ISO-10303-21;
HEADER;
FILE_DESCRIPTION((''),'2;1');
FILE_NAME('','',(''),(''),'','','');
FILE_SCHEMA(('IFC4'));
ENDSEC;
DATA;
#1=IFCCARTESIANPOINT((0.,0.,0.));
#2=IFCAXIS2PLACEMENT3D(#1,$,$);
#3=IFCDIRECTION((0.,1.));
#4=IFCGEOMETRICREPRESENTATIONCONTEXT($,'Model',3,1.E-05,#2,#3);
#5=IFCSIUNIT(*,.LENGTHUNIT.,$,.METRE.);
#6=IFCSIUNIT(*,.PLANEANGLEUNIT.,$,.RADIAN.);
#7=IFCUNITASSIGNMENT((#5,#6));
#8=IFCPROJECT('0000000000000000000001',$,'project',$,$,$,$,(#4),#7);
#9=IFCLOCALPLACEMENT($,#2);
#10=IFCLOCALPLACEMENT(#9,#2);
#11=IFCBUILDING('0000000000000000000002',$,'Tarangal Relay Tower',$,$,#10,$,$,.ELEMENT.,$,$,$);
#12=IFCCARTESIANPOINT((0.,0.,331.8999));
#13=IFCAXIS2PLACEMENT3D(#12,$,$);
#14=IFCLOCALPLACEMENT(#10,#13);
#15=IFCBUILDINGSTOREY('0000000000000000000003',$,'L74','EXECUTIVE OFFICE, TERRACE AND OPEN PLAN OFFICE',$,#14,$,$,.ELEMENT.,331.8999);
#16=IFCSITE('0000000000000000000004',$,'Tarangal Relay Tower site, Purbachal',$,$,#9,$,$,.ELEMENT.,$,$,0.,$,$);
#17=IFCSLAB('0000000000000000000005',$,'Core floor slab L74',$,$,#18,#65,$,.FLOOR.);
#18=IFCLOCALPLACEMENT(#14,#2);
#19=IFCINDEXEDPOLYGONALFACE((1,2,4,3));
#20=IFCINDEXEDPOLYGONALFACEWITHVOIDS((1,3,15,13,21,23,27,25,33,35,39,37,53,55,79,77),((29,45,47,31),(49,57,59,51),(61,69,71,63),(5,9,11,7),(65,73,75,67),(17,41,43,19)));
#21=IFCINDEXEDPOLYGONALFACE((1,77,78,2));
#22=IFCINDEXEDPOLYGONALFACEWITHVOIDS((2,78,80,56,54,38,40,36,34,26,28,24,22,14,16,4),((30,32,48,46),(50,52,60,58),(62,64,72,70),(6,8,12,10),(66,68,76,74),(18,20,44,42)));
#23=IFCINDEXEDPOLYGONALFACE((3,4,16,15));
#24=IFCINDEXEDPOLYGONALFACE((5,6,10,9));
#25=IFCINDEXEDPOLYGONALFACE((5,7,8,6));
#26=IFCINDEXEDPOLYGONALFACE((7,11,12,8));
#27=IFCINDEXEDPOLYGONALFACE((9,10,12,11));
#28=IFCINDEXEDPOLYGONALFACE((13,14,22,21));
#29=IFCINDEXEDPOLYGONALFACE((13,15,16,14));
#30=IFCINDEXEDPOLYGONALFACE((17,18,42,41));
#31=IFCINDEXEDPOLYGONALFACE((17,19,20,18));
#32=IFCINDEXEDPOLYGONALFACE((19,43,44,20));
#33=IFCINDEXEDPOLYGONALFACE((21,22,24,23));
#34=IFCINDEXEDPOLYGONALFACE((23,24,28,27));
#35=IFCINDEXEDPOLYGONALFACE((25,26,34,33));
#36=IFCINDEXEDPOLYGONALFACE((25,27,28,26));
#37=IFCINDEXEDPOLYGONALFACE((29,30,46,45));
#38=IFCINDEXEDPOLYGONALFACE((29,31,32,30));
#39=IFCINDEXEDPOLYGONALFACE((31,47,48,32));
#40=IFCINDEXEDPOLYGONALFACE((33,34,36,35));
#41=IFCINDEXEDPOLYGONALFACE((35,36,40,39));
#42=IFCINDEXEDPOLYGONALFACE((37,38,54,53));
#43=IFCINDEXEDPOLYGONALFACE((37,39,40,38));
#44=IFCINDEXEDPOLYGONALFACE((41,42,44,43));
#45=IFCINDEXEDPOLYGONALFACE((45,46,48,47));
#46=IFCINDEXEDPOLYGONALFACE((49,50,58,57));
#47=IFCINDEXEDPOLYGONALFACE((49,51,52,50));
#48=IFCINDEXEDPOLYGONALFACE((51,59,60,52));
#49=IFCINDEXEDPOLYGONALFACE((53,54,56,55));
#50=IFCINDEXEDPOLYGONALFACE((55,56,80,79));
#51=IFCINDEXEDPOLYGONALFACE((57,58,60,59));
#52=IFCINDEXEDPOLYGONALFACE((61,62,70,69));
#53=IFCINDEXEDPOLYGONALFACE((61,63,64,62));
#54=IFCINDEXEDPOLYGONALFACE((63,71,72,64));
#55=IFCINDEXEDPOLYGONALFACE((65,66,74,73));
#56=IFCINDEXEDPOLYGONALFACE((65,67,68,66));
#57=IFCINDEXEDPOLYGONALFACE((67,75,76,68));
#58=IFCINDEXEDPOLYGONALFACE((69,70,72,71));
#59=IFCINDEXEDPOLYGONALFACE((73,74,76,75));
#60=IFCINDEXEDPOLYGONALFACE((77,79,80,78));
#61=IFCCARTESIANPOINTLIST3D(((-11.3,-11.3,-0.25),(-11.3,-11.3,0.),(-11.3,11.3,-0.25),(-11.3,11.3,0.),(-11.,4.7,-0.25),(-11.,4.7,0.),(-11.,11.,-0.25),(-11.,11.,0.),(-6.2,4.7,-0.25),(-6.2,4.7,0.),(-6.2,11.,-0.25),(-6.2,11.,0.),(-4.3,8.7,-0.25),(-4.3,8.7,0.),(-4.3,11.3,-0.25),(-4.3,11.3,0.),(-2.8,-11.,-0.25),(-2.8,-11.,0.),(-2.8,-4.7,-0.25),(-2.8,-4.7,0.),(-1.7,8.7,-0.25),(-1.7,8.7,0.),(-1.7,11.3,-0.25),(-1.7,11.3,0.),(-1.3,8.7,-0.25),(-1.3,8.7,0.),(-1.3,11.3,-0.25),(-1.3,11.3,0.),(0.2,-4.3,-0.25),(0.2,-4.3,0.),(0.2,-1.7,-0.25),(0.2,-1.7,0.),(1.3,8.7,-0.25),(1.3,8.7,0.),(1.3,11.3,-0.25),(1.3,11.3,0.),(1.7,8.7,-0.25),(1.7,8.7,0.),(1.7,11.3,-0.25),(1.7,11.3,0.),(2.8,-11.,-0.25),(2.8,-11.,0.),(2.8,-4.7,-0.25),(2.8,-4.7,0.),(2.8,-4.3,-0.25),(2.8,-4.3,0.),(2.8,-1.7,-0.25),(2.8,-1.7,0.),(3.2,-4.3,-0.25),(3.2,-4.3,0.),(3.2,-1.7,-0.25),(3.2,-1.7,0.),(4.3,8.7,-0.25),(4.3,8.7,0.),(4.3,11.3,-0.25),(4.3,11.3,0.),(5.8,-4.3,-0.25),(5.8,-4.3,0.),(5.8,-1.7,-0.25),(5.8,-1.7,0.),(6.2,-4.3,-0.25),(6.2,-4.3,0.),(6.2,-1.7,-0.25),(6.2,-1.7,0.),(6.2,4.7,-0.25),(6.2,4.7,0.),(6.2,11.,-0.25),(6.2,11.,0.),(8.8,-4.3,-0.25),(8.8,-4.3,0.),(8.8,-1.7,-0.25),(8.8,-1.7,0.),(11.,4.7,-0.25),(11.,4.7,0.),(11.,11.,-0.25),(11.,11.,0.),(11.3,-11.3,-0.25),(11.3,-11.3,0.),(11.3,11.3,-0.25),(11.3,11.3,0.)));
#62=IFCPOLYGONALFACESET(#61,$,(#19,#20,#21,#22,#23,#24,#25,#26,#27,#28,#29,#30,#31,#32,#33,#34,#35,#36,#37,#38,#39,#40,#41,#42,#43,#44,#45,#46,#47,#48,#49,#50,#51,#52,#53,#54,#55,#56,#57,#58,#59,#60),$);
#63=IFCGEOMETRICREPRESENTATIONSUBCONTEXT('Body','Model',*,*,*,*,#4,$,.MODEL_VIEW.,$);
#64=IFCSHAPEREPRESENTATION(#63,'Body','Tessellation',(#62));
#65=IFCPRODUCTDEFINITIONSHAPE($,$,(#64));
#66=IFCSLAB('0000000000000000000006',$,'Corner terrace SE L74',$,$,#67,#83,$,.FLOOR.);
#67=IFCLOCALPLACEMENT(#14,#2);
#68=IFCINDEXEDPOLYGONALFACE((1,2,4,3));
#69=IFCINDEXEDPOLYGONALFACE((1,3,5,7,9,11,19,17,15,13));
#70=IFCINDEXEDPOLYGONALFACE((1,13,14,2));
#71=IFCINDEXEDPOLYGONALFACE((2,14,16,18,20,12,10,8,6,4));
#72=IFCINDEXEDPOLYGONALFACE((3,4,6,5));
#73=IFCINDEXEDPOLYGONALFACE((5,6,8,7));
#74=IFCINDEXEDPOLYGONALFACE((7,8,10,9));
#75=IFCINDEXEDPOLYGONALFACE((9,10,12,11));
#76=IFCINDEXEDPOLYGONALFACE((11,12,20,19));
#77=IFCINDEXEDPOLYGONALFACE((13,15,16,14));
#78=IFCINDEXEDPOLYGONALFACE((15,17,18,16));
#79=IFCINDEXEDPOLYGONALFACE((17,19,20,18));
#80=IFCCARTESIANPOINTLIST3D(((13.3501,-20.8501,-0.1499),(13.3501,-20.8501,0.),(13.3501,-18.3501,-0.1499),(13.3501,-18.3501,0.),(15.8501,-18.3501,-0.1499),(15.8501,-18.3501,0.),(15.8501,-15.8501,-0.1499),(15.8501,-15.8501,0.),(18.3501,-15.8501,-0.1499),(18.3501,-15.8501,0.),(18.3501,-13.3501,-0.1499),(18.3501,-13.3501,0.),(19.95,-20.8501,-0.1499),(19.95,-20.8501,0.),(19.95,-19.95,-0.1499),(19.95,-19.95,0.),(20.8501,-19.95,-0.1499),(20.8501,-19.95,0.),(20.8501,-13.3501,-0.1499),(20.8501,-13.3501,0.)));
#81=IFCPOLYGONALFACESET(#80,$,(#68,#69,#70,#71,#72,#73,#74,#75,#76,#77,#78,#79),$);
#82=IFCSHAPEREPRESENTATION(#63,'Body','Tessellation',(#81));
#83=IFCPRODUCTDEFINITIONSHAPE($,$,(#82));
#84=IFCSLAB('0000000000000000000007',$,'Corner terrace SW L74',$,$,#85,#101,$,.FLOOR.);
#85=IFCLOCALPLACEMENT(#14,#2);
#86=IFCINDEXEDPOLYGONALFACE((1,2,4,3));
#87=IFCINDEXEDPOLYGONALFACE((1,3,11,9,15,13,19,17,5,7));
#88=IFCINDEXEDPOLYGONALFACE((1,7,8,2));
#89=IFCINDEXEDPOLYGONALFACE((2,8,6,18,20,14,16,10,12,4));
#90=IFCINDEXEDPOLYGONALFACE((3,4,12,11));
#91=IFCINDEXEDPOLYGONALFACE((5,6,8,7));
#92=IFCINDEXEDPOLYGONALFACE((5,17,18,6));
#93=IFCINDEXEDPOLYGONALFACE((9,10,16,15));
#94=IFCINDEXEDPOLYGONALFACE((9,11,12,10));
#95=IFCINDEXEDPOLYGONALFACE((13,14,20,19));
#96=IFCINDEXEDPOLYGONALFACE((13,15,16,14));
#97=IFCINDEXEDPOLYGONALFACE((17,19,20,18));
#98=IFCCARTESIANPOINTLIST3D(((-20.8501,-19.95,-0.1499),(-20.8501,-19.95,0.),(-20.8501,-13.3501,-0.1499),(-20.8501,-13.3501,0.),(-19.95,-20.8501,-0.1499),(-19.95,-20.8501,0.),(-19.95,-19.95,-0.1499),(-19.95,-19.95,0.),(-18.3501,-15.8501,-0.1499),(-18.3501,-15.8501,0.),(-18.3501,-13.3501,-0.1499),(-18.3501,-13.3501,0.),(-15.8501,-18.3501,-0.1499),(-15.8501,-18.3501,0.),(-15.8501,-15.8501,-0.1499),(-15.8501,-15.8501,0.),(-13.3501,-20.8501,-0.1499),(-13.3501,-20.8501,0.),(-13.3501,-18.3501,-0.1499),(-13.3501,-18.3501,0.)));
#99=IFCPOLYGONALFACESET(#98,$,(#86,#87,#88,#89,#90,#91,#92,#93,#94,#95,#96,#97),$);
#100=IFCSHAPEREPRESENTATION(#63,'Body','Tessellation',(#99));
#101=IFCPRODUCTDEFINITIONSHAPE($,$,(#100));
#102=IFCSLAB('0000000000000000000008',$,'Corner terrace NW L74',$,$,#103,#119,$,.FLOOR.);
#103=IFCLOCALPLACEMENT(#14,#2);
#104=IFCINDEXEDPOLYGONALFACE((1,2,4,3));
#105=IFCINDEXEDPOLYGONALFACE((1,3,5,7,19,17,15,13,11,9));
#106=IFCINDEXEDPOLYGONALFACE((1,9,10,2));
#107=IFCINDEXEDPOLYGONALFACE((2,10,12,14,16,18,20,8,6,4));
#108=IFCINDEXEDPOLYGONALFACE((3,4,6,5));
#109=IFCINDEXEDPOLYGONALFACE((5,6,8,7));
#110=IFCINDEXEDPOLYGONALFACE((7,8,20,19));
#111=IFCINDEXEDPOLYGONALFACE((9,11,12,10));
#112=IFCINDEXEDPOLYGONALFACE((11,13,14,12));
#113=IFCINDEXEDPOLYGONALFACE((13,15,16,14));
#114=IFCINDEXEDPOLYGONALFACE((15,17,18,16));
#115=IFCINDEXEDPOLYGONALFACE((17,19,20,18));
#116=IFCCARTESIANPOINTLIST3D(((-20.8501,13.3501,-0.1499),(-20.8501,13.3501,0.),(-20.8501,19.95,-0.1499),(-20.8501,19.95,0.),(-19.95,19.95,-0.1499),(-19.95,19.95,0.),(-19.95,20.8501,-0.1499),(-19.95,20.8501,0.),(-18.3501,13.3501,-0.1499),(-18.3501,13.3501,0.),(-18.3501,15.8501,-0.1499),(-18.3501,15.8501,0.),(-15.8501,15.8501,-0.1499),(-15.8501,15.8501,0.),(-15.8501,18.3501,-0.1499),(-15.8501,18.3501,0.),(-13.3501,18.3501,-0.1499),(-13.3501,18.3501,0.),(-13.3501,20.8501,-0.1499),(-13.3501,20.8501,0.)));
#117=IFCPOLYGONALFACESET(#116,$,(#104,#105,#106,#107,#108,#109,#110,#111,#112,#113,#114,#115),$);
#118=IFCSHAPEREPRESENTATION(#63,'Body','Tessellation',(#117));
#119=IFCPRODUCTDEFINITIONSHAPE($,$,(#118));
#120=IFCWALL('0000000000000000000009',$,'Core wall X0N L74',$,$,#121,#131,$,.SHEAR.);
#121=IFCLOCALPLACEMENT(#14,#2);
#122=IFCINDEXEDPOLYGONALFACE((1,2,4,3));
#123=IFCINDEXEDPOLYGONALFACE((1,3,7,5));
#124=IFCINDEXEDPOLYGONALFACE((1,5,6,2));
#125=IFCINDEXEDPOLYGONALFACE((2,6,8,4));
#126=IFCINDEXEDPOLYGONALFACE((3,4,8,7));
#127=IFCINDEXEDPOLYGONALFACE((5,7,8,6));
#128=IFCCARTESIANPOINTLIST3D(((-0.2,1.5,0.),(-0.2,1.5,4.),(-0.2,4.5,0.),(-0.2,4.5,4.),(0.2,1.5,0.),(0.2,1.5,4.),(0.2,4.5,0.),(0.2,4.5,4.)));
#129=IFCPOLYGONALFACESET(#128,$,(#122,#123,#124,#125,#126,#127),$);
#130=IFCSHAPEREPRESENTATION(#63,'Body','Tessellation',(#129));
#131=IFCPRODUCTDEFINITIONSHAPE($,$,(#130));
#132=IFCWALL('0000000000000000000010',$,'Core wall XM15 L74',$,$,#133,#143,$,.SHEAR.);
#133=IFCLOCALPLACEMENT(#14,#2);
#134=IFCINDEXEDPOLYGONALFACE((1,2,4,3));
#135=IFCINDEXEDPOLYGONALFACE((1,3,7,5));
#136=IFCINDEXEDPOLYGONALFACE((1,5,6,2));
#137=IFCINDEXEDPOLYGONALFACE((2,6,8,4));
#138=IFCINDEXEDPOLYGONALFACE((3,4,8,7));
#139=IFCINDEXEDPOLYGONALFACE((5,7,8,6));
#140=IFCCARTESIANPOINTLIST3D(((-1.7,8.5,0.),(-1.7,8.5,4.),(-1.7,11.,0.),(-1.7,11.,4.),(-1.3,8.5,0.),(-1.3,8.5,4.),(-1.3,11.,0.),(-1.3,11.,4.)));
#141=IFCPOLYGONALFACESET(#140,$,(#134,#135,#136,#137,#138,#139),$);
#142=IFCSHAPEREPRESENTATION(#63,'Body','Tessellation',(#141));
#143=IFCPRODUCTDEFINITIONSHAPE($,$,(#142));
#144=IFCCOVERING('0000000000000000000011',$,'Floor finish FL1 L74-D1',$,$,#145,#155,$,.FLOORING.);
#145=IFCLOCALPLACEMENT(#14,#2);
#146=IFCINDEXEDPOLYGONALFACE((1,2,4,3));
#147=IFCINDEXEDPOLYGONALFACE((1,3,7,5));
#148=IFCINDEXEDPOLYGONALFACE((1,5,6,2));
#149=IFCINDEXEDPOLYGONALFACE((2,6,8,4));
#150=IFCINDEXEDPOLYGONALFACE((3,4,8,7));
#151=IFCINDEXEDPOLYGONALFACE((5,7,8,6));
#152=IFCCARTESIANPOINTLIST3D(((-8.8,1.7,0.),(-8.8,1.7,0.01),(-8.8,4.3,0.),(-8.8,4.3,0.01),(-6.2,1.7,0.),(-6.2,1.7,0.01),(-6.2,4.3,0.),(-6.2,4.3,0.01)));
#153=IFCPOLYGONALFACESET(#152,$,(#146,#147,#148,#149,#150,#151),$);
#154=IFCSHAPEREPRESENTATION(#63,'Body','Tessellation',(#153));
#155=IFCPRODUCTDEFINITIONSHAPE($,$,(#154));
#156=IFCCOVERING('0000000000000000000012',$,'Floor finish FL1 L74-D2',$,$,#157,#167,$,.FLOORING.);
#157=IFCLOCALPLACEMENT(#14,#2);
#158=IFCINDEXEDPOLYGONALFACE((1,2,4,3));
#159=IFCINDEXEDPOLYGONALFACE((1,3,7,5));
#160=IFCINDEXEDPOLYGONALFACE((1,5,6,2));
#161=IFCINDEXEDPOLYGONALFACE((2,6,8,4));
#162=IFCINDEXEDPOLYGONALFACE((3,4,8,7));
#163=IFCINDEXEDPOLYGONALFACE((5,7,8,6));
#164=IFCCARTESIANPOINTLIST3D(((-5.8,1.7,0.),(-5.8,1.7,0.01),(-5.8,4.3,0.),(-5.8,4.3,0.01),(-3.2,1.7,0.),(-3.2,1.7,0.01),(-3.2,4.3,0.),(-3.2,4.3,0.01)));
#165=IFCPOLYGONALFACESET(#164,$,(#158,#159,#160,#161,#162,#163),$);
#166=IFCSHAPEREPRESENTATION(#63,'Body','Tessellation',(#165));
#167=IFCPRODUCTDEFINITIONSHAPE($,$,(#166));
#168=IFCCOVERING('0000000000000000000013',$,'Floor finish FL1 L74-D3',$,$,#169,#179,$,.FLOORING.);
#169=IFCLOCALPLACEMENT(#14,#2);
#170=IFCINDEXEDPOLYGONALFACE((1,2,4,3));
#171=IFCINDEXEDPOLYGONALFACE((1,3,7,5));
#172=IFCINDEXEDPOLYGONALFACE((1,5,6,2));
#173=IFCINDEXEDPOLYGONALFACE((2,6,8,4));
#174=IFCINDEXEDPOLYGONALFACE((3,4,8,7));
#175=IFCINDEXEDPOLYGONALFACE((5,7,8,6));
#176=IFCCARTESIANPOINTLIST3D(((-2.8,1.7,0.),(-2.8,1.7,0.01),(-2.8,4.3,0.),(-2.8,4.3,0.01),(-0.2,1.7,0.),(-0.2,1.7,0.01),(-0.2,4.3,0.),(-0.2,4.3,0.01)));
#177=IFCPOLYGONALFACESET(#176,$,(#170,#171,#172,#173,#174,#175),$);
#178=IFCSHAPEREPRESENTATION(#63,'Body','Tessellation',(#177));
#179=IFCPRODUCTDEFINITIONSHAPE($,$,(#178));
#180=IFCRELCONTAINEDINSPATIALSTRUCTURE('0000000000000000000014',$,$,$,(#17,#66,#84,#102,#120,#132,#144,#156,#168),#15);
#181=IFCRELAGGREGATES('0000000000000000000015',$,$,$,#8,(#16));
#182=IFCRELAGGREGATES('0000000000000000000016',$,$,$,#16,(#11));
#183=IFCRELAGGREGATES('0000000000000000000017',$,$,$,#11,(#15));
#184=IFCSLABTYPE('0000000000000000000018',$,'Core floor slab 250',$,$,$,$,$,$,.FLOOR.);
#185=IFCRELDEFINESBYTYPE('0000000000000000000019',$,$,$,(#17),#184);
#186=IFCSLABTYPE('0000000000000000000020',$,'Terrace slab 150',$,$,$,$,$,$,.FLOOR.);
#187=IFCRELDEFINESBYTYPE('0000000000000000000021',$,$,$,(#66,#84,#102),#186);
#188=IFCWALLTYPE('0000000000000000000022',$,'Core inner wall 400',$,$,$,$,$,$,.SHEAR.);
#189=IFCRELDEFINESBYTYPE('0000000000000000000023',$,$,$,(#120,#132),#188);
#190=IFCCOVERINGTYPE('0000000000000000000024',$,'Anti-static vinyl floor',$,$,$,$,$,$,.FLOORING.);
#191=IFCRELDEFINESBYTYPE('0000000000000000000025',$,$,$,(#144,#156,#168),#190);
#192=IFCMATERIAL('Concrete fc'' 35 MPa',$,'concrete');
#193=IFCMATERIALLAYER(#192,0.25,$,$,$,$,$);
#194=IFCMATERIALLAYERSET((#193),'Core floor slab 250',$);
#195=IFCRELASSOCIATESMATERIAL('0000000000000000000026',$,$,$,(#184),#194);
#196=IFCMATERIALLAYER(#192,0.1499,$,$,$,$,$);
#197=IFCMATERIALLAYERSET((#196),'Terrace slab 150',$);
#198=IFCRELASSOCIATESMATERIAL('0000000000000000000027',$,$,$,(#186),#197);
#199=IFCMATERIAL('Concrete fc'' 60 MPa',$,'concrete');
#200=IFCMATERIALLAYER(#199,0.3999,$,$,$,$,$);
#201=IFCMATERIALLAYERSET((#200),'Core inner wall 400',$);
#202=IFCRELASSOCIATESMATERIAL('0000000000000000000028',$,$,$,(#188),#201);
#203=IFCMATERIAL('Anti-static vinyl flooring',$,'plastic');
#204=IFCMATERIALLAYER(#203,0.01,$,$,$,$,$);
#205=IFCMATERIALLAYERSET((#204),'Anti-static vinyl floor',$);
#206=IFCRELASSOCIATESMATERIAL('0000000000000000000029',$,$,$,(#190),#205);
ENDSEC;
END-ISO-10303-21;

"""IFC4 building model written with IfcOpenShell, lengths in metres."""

from ifc_helpers import new_model, si_unit, direction, frame, frame_2d, origin, place, context, subcontext, project, spatial, polyline, rectangle, outline, extrude, material, layer, layer_set, type_object, element, save


model = new_model("IFC4")

# Units and contexts
model_context = context("Model", 3, precision=1e-05, world=origin(), true_north=direction((0.0, 1.0)))
body_context = subcontext(model_context, "Body", "Model", "MODEL_VIEW")
ifc_project = project(units=[si_unit("LENGTHUNIT", "METRE"), si_unit("PLANEANGLEUNIT", "RADIAN")], contexts=[model_context])

# Site, building, storey
site_placement = place(None, origin())
site = spatial("IfcSite", under=ifc_project, at=site_placement, Name="Tarangal Relay Tower site, Purbachal", CompositionType="ELEMENT", RefElevation=0.0)
building_placement = place(site_placement, origin())
building = spatial("IfcBuilding", under=site, at=building_placement, Name="Tarangal Relay Tower", CompositionType="ELEMENT")
storey_placement = place(building_placement, frame((0.0, 0.0, 331.8999)))
storey = spatial("IfcBuildingStorey", under=building, at=storey_placement, Name="L74", Description="EXECUTIVE OFFICE, TERRACE AND OPEN PLAN OFFICE", CompositionType="ELEMENT", Elevation=331.8999)

# Slabs
ifc_material_1 = material(Name="Concrete fc' 35 MPa", Category="concrete")
ifc_layer_1 = layer(ifc_material_1, 0.25)
ifc_layer_set_1 = layer_set([ifc_layer_1], Name="Core floor slab 250")
slab_type_1 = type_object("IfcSlabType", Name="Core floor slab 250", PredefinedType="FLOOR", material=ifc_layer_set_1)
slab_1_placement = place(storey_placement, frame((0.0, 0.0, -0.25)))
element("IfcSlab", 1, at=slab_1_placement, inside=storey, type_object=slab_type_1, Name="Core floor slab L74", PredefinedType="FLOOR", context=body_context, shape_type="SweptSolid", body=[
    extrude(outline(polyline([(11.3, 11.3), (11.3, -11.3), (-11.3, -11.3), (-11.3, 11.3), (-4.3, 11.3), (-4.3, 8.7), (-1.7, 8.7), (-1.7, 11.3), (-1.3, 11.3), (-1.3, 8.7), (1.3, 8.7), (1.3, 11.3), (1.7, 11.3), (1.7, 8.7), (4.3, 8.7), (4.3, 11.3), (11.3, 11.3)]), holes=[polyline([(2.8, -4.7), (-2.8, -4.7), (-2.8, -11.0), (2.8, -11.0), (2.8, -4.7)]), polyline([(2.8, -1.7), (0.2, -1.7), (0.2, -4.3), (2.8, -4.3), (2.8, -1.7)]), polyline([(5.8, -1.7), (3.2, -1.7), (3.2, -4.3), (5.8, -4.3), (5.8, -1.7)]), polyline([(8.8, -1.7), (6.2, -1.7), (6.2, -4.3), (8.8, -4.3), (8.8, -1.7)]), polyline([(-6.2, 11.0), (-11.0, 11.0), (-11.0, 4.7), (-6.2, 4.7), (-6.2, 11.0)]), polyline([(11.0, 11.0), (6.2, 11.0), (6.2, 4.7), (11.0, 4.7), (11.0, 11.0)])]), origin(), (0.0, 0.0, 1.0), 0.25),
])
ifc_layer_2 = layer(ifc_material_1, 0.1499)
ifc_layer_set_2 = layer_set([ifc_layer_2], Name="Terrace slab 150")
slab_type_2 = type_object("IfcSlabType", Name="Terrace slab 150", PredefinedType="FLOOR", material=ifc_layer_set_2)
slab_2_placement = place(storey_placement, frame((0.0, 0.0, -0.1499)))
element("IfcSlab", 2, at=slab_2_placement, inside=storey, type_object=slab_type_2, Name="Corner terrace SE L74", PredefinedType="FLOOR", context=body_context, shape_type="SweptSolid", body=[
    extrude(outline(polyline([(20.8501, -13.3501), (18.3501, -13.3501), (18.3501, -15.8501), (15.8501, -15.8501), (15.8501, -18.3501), (13.3501, -18.3501), (13.3501, -20.8501), (19.95, -20.8501), (19.95, -19.95), (20.8501, -19.95), (20.8501, -13.3501)])), origin(), (0.0, 0.0, 1.0), 0.1499),
])
slab_3_placement = place(storey_placement, frame((0.0, 0.0, -0.1499)))
element("IfcSlab", 3, at=slab_3_placement, inside=storey, type_object=slab_type_2, Name="Corner terrace SW L74", PredefinedType="FLOOR", context=body_context, shape_type="SweptSolid", body=[
    extrude(outline(polyline([(-13.3501, -20.8501), (-13.3501, -18.3501), (-15.8501, -18.3501), (-15.8501, -15.8501), (-18.3501, -15.8501), (-18.3501, -13.3501), (-20.8501, -13.3501), (-20.8501, -19.95), (-19.95, -19.95), (-19.95, -20.8501), (-13.3501, -20.8501)])), origin(), (0.0, 0.0, 1.0), 0.1499),
])
slab_4_placement = place(storey_placement, frame((0.0, 0.0, -0.1499)))
element("IfcSlab", 4, at=slab_4_placement, inside=storey, type_object=slab_type_2, Name="Corner terrace NW L74", PredefinedType="FLOOR", context=body_context, shape_type="SweptSolid", body=[
    extrude(outline(polyline([(-20.8501, 13.3501), (-18.3501, 13.3501), (-18.3501, 15.8501), (-15.8501, 15.8501), (-15.8501, 18.3501), (-13.3501, 18.3501), (-13.3501, 20.8501), (-19.95, 20.8501), (-19.95, 19.95), (-20.8501, 19.95), (-20.8501, 13.3501)])), origin(), (0.0, 0.0, 1.0), 0.1499),
])

# Walls
ifc_material_2 = material(Name="Concrete fc' 60 MPa", Category="concrete")
ifc_layer_3 = layer(ifc_material_2, 0.3999)
ifc_layer_set_3 = layer_set([ifc_layer_3], Name="Core inner wall 400")
wall_type = type_object("IfcWallType", Name="Core inner wall 400", PredefinedType="SHEAR", material=ifc_layer_set_3)
wall_1_placement = place(storey_placement, frame((0.0, 1.5, 0.0), z_axis=(0.0, 0.0, 1.0), x_axis=(0.0, 1.0, 0.0)))
element("IfcWall", 5, at=wall_1_placement, inside=storey, type_object=wall_type, Name="Core wall X0N L74", PredefinedType="SHEAR", context=body_context, shape_type="SweptSolid", body=[
    extrude(rectangle(XDim=3.0, YDim=0.3999, at=frame_2d((1.5, 0.0))), origin(), (0.0, 0.0, 1.0), 4.0),
])
wall_2_placement = place(storey_placement, frame((-1.5, 8.5, 0.0), z_axis=(0.0, 0.0, 1.0), x_axis=(0.0, 1.0, 0.0)))
element("IfcWall", 6, at=wall_2_placement, inside=storey, type_object=wall_type, Name="Core wall XM15 L74", PredefinedType="SHEAR", context=body_context, shape_type="SweptSolid", body=[
    extrude(rectangle(XDim=2.5, YDim=0.3999, at=frame_2d((1.25, 0.0))), origin(), (0.0, 0.0, 1.0), 4.0),
])

# Coverings
ifc_material_3 = material(Name="Anti-static vinyl flooring", Category="plastic")
ifc_layer_4 = layer(ifc_material_3, 0.01)
ifc_layer_set_4 = layer_set([ifc_layer_4], Name="Anti-static vinyl floor")
covering_type_1 = type_object("IfcCoveringType", Name="Anti-static vinyl floor", PredefinedType="FLOORING", material=ifc_layer_set_4)
covering_1_placement = place(storey_placement, origin())
element("IfcCovering", 7, at=covering_1_placement, inside=storey, type_object=covering_type_1, Name="Floor finish FL1 L74-D1", PredefinedType="FLOORING", context=body_context, shape_type="SweptSolid", body=[
    extrude(outline(polyline([(-8.8, 1.7), (-6.2, 1.7), (-6.2, 4.3), (-8.8, 4.3), (-8.8, 1.7)])), origin(), (0.0, 0.0, 1.0), 0.01),
])
covering_2_placement = place(storey_placement, origin())
element("IfcCovering", 8, at=covering_2_placement, inside=storey, type_object=covering_type_1, Name="Floor finish FL1 L74-D2", PredefinedType="FLOORING", context=body_context, shape_type="SweptSolid", body=[
    extrude(outline(polyline([(-5.8, 1.7), (-3.2, 1.7), (-3.2, 4.3), (-5.8, 4.3), (-5.8, 1.7)])), origin(), (0.0, 0.0, 1.0), 0.01),
])
covering_3_placement = place(storey_placement, origin())
element("IfcCovering", 9, at=covering_3_placement, inside=storey, type_object=covering_type_1, Name="Floor finish FL1 L74-D3", PredefinedType="FLOORING", context=body_context, shape_type="SweptSolid", body=[
    extrude(outline(polyline([(-2.8, 1.7), (-0.2, 1.7), (-0.2, 4.3), (-2.8, 4.3), (-2.8, 1.7)])), origin(), (0.0, 0.0, 1.0), 0.01),
])

save(model, "model.ifc")
